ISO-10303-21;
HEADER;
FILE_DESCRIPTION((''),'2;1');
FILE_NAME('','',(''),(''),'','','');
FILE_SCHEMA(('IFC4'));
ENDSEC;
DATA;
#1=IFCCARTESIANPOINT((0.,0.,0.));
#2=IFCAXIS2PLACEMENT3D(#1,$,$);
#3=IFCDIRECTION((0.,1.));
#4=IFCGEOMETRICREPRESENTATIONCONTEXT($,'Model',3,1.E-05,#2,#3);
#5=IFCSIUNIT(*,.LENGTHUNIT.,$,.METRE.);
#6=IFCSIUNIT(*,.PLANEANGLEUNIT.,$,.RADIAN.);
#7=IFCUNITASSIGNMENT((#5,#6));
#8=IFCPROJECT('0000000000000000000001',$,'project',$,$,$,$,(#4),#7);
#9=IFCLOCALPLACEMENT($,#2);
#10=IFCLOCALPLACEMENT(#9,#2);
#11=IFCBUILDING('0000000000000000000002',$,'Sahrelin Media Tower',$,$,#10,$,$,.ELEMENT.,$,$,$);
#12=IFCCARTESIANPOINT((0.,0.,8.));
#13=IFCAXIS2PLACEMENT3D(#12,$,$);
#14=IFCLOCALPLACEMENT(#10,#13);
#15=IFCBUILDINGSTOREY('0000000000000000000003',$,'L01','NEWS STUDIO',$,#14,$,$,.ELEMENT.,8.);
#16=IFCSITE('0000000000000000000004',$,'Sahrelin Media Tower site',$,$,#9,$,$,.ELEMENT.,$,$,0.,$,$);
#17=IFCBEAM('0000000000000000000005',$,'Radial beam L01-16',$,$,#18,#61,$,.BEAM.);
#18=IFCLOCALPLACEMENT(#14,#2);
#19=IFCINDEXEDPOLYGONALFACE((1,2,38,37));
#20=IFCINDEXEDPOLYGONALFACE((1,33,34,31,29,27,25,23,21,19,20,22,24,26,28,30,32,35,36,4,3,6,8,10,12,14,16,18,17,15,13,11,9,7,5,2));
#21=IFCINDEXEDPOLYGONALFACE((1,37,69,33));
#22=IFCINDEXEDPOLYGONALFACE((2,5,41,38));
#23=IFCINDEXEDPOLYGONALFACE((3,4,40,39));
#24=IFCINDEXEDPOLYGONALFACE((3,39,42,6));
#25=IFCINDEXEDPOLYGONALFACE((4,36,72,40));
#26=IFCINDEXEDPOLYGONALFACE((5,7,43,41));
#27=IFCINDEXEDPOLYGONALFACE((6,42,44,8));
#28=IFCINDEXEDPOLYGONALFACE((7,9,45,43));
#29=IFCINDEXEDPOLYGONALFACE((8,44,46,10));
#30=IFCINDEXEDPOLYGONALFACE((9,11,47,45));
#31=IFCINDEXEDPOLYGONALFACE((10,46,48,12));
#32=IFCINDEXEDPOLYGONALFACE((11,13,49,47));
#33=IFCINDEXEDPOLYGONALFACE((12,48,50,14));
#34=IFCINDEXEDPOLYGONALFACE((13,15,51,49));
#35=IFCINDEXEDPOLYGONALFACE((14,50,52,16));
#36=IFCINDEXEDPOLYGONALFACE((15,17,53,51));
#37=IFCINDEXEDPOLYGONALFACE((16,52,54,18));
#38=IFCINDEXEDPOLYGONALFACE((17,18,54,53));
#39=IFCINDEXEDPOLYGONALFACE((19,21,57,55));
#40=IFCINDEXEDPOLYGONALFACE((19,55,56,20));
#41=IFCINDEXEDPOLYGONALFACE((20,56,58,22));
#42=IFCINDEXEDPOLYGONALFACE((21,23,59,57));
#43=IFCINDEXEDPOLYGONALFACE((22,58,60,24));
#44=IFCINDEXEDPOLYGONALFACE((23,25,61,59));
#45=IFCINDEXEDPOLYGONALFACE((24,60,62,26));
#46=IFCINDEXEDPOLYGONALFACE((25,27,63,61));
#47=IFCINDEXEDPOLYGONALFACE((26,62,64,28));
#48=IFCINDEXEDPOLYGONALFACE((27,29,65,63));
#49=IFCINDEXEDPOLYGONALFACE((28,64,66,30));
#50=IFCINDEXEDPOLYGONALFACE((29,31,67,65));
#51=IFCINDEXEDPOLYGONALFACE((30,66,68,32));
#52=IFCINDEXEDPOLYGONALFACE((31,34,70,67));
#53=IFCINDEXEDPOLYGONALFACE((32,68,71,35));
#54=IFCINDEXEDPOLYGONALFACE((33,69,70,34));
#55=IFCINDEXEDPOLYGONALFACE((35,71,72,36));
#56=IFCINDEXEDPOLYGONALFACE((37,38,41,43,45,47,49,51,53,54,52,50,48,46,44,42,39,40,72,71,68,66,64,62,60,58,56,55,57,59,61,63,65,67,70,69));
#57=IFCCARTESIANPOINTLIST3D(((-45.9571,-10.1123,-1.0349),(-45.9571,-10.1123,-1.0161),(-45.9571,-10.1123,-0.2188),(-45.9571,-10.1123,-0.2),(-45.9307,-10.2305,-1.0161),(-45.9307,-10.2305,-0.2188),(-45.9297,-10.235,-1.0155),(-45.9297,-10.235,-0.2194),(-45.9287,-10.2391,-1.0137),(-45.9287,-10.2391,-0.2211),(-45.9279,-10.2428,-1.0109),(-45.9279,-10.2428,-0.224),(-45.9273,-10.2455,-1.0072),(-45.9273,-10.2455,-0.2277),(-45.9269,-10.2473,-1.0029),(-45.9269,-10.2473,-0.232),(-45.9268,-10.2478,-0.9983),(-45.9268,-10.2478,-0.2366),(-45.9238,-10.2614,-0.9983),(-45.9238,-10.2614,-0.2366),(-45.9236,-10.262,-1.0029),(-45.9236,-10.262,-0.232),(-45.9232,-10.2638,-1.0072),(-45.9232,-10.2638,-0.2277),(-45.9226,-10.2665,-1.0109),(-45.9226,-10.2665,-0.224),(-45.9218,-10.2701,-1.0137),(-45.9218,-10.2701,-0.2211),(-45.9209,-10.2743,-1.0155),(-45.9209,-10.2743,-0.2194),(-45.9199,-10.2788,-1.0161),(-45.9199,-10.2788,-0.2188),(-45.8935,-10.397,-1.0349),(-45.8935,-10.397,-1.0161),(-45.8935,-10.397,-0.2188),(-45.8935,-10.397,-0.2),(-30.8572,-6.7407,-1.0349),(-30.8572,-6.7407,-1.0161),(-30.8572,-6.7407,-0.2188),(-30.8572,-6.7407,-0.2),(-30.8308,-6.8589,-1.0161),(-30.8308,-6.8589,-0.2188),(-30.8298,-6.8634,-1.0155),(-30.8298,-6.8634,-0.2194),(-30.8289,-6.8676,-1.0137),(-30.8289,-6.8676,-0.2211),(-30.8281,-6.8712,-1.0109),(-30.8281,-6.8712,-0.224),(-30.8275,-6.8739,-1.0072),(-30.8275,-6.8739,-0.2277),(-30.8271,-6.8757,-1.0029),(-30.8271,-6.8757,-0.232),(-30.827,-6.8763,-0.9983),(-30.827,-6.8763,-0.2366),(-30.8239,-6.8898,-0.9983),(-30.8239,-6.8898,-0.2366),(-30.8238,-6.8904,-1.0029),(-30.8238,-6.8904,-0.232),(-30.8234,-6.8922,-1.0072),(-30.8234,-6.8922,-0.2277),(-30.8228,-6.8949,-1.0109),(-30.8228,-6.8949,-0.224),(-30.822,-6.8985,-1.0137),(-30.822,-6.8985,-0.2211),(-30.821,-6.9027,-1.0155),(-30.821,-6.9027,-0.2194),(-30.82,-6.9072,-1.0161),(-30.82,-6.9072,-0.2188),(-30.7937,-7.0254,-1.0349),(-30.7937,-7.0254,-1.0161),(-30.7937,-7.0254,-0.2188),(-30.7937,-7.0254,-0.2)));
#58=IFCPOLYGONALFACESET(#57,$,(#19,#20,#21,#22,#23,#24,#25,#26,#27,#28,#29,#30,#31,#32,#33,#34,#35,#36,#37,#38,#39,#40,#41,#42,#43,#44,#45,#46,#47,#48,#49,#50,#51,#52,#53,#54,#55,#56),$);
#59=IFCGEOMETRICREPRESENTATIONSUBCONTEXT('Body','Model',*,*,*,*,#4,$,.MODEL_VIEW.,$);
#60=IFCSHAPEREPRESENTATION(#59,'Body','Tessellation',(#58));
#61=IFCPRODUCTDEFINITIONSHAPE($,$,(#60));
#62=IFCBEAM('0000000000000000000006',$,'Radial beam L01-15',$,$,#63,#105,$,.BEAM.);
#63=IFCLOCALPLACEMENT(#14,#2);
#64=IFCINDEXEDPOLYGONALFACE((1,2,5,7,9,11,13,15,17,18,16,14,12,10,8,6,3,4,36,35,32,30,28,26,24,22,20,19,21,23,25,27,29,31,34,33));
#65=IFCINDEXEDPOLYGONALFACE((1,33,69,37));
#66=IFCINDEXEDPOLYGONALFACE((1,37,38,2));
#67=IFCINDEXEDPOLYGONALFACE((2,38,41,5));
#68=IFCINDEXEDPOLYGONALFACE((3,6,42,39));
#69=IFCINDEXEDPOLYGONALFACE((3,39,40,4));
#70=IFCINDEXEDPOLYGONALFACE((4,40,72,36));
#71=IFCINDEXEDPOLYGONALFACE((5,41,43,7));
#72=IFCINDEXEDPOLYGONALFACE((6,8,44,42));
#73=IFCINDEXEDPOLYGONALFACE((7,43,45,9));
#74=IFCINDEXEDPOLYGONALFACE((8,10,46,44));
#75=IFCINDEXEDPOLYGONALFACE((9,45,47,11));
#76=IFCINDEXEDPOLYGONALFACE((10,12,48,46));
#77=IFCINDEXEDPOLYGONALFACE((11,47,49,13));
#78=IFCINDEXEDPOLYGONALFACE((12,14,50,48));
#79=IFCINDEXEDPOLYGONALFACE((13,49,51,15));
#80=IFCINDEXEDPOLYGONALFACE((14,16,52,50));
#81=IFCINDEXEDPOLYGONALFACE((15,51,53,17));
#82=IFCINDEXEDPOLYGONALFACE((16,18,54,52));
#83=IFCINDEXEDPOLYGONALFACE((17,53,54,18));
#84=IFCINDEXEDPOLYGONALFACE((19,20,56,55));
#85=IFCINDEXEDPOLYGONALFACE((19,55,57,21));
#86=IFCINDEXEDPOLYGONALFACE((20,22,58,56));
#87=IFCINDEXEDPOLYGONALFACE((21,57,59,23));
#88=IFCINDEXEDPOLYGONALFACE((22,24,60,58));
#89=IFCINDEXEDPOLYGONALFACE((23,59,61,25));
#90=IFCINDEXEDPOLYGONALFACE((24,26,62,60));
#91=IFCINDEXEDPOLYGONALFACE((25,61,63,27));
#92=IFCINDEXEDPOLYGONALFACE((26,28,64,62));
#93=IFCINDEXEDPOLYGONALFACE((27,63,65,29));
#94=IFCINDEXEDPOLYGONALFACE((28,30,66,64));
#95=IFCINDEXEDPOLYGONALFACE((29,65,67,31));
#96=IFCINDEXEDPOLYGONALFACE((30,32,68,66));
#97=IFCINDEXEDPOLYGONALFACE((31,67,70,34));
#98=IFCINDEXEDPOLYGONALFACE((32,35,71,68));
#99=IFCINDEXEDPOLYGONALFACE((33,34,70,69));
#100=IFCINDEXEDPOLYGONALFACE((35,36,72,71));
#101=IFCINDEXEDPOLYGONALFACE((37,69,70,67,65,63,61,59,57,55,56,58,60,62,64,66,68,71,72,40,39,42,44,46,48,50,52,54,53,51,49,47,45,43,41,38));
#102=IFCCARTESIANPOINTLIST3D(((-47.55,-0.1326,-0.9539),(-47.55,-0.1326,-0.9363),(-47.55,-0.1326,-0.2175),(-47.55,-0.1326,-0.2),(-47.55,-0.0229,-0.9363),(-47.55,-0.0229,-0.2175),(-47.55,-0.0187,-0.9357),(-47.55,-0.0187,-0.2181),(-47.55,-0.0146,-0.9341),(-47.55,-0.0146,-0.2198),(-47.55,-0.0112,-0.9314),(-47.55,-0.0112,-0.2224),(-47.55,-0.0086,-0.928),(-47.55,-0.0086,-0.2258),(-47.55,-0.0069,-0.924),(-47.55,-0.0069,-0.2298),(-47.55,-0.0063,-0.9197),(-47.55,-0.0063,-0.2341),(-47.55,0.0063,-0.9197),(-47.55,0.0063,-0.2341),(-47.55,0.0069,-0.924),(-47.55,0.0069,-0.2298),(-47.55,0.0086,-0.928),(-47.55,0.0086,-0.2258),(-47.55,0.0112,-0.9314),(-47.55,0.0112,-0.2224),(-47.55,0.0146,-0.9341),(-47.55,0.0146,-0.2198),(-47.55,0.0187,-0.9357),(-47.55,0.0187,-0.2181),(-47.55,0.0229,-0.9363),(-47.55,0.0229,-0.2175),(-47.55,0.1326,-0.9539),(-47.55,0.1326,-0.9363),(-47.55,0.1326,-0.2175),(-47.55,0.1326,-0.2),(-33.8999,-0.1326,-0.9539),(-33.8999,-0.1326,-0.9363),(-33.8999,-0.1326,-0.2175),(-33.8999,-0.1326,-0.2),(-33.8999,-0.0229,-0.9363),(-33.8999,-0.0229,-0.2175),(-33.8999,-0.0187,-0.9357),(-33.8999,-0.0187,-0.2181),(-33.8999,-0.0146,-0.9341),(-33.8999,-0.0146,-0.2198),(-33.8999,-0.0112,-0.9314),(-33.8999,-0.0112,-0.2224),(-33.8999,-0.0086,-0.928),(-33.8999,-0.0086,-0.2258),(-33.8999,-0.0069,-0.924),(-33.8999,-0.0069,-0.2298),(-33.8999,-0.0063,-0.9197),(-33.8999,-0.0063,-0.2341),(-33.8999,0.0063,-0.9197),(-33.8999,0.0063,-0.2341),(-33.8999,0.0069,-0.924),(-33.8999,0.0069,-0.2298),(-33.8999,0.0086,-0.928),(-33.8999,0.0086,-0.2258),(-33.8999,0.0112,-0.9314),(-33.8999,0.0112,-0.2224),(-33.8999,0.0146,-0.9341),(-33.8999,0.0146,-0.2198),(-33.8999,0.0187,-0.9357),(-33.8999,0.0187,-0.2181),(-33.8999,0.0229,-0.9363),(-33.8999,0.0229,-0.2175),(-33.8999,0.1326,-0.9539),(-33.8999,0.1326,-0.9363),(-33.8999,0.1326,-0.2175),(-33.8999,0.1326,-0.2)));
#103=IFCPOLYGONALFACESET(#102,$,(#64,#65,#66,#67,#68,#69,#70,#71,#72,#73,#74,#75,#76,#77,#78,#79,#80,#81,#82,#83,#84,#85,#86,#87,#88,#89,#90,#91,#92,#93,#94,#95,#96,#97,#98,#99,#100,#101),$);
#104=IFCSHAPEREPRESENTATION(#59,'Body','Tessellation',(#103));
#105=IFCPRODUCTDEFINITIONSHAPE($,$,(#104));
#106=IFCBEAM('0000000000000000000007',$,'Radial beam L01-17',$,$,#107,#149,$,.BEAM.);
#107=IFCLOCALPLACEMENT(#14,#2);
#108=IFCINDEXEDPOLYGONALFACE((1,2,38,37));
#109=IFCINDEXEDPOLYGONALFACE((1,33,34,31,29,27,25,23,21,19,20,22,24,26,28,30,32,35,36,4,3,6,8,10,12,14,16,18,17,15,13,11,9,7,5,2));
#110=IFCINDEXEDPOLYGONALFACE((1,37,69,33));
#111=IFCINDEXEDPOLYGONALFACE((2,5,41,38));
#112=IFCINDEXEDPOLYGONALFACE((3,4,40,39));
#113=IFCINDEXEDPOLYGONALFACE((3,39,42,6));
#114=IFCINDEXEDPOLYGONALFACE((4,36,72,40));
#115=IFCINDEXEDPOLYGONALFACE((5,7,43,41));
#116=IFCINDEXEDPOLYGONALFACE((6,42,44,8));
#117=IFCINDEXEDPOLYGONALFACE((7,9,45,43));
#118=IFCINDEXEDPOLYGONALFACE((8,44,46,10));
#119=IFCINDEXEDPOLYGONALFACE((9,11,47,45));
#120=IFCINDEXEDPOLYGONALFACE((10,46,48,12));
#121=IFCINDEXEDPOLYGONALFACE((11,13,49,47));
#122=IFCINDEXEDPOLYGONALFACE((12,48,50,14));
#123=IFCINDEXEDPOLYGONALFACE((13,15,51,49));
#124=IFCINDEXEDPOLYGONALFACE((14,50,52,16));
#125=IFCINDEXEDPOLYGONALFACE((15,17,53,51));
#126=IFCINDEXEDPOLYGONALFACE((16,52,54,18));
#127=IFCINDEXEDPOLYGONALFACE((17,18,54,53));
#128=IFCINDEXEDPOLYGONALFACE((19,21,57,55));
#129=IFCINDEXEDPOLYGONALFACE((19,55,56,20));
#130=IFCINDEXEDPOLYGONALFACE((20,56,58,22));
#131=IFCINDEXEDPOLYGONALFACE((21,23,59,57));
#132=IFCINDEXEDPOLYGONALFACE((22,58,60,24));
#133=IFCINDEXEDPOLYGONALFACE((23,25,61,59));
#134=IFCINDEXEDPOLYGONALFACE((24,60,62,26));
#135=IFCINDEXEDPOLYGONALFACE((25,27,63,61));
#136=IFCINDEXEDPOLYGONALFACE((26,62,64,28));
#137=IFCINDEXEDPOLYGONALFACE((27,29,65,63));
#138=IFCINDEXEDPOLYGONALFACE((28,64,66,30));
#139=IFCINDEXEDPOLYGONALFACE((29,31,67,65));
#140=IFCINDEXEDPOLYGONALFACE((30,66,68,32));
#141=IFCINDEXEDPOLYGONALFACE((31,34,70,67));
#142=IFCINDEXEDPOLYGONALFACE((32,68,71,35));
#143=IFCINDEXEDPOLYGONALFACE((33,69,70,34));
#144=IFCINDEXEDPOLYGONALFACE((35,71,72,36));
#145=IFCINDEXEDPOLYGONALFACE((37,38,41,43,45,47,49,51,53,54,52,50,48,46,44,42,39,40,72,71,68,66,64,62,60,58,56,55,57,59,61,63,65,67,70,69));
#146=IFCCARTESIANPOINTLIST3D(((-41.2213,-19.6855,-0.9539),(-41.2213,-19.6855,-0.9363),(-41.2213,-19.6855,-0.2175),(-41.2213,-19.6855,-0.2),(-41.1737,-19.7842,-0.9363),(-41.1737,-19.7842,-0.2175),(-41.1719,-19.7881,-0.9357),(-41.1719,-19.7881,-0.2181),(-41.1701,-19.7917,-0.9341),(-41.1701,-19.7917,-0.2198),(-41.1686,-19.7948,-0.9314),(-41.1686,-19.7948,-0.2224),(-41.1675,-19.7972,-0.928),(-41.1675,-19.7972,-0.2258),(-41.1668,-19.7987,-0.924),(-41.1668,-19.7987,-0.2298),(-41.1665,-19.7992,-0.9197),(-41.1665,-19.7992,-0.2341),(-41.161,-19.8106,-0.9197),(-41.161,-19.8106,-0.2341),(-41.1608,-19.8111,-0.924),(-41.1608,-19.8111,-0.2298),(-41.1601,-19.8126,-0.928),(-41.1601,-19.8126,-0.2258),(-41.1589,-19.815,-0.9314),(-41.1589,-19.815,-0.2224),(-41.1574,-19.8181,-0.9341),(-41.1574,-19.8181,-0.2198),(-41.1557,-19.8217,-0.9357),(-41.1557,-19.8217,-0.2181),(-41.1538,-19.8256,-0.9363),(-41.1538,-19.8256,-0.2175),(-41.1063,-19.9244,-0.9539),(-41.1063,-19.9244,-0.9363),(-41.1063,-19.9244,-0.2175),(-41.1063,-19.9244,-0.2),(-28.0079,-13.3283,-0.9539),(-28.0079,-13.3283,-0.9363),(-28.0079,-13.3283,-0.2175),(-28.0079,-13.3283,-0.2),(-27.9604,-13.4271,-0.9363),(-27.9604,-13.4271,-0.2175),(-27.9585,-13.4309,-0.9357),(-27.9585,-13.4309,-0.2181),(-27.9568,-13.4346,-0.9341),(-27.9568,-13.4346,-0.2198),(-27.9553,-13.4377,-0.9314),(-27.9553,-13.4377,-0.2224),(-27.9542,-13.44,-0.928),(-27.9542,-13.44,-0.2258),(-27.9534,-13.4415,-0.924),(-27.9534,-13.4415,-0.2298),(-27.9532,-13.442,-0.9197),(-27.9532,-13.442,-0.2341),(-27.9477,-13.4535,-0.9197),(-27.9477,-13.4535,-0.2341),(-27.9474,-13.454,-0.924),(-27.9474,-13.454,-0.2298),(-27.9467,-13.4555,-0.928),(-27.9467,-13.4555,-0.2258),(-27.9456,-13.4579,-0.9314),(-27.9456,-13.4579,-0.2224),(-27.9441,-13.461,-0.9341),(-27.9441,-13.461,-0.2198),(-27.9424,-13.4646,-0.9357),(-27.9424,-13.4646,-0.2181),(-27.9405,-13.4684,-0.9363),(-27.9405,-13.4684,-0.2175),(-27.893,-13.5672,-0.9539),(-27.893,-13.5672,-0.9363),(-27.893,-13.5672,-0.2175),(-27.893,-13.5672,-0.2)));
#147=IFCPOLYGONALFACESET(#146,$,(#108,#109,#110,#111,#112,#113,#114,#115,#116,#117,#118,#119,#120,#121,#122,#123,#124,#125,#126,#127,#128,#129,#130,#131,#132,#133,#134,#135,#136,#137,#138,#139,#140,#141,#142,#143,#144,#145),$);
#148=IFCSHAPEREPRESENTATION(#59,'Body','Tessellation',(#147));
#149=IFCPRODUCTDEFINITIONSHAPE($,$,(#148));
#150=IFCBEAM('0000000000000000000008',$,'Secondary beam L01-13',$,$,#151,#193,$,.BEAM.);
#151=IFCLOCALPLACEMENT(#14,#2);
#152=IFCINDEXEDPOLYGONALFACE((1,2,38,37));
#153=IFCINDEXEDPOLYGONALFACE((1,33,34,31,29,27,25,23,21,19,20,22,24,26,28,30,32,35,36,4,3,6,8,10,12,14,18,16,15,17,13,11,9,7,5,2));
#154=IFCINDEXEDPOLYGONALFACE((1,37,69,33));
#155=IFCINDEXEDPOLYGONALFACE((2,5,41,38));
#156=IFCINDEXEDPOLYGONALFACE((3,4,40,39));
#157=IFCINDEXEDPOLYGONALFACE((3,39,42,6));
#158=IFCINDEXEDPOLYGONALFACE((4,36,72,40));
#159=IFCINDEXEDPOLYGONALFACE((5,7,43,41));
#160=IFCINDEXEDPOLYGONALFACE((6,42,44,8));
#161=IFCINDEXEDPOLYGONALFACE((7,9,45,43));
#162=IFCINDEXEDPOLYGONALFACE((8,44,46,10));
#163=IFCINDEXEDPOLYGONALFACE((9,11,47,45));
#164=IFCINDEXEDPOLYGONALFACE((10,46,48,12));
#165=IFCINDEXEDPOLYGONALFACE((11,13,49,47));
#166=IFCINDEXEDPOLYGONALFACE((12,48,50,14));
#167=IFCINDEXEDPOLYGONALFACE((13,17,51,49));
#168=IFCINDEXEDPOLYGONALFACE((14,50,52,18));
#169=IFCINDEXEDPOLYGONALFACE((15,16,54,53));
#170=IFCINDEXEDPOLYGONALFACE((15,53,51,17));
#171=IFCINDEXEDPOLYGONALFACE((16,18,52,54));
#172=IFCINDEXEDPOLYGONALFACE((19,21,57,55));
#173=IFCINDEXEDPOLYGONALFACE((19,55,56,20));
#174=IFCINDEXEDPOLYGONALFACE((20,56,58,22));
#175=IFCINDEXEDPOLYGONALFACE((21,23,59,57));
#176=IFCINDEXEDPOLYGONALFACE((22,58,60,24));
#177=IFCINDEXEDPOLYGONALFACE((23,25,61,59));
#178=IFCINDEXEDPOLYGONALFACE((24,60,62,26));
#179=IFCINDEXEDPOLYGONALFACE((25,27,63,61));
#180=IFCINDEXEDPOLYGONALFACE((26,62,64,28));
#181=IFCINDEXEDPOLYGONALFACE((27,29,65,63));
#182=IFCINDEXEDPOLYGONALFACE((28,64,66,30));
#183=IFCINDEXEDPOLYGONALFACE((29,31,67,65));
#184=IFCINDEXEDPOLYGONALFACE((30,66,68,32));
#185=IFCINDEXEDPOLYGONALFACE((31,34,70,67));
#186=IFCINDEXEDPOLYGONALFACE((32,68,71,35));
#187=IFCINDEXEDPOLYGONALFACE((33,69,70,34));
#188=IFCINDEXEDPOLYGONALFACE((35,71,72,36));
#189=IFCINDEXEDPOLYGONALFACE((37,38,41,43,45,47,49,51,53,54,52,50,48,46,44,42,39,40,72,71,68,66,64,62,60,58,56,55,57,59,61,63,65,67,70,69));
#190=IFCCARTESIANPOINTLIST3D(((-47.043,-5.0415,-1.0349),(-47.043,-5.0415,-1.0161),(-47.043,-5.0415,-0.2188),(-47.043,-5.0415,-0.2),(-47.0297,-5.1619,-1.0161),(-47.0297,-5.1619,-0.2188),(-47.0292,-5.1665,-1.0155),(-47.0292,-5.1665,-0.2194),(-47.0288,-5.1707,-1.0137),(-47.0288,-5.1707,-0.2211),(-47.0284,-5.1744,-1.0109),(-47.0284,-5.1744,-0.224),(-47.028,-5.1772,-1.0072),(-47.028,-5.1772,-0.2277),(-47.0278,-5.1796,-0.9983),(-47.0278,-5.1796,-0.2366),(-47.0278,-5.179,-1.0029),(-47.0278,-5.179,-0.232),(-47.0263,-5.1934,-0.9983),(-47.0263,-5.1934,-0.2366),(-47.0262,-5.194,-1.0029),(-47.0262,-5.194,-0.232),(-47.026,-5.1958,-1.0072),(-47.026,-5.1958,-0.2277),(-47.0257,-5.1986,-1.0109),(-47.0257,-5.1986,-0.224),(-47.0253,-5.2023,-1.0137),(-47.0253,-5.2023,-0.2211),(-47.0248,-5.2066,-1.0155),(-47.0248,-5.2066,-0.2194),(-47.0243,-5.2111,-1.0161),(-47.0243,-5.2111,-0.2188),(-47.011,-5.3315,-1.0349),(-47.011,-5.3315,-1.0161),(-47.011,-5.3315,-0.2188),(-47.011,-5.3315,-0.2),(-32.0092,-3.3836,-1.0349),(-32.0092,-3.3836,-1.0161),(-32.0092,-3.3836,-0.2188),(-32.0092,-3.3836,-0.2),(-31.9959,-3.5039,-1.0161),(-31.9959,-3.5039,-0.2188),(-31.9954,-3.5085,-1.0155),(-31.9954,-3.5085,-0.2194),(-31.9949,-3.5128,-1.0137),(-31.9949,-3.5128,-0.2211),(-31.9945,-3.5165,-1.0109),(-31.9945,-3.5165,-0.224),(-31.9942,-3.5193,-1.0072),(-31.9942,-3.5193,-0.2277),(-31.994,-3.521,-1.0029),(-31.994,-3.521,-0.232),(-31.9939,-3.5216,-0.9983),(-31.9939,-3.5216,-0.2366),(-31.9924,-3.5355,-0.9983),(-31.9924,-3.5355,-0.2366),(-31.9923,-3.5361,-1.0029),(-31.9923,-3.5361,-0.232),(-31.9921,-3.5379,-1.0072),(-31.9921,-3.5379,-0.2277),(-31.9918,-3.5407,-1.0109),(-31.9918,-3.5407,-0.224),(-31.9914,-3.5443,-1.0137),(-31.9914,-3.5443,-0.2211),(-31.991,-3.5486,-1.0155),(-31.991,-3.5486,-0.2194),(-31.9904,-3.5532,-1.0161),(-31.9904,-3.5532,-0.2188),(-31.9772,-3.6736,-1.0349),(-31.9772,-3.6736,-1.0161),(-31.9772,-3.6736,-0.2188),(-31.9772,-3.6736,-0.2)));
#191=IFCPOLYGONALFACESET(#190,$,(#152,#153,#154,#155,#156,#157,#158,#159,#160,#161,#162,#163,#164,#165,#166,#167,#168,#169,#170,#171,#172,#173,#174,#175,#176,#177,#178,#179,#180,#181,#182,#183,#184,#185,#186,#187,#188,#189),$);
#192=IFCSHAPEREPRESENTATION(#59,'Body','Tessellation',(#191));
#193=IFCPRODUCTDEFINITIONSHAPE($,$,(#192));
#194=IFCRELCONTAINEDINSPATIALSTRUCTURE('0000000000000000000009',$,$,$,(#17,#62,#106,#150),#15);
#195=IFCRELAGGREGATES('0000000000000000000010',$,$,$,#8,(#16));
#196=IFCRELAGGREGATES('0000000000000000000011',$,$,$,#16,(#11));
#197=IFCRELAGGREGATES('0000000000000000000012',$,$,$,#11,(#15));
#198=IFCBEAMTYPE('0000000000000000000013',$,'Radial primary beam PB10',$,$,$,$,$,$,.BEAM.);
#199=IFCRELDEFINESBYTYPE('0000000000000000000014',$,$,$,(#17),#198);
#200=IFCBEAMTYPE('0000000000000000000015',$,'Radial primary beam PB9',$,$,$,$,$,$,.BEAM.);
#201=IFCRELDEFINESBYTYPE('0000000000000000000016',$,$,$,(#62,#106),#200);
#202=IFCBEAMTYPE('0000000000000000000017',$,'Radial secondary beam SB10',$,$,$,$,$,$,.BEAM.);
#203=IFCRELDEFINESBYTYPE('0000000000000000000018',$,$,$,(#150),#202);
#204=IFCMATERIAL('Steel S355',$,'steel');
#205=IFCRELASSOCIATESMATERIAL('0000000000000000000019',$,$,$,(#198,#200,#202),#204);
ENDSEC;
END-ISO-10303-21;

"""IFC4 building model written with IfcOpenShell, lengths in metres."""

from ifc_helpers import new_model, si_unit, direction, frame, origin, origin_2d, place, context, subcontext, project, spatial, i_section, extrude, material, material_profile, profile_set, type_object, element, save


model = new_model("IFC4")

# Units and contexts
model_context = context("Model", 3, precision=1e-05, world=origin(), true_north=direction((0.0, 1.0)))
body_context = subcontext(model_context, "Body", "Model", "MODEL_VIEW")
ifc_project = project(units=[si_unit("LENGTHUNIT", "METRE"), si_unit("PLANEANGLEUNIT", "RADIAN")], contexts=[model_context])

# Site, building, storey
site_placement = place(None, origin())
site = spatial("IfcSite", under=ifc_project, at=site_placement, Name="Sahrelin Media Tower site", CompositionType="ELEMENT", RefElevation=0.0)
building_placement = place(site_placement, origin())
building = spatial("IfcBuilding", under=site, at=building_placement, Name="Sahrelin Media Tower", CompositionType="ELEMENT")
storey_placement = place(building_placement, frame((0.0, 0.0, 8.0)))
storey = spatial("IfcBuildingStorey", under=building, at=storey_placement, Name="L01", Description="NEWS STUDIO", CompositionType="ELEMENT", Elevation=8.0)

# Beams
ifc_material_1 = material(Name="Steel S355", Category="steel")
ifc_material_profile_1 = material_profile(ifc_material_1, i_section(OverallWidth=0.2917, OverallDepth=0.835, WebThickness=0.0139, FlangeThickness=0.0188, FilletRadius=0.0178, at=origin_2d()), Name="UB 838x292x176")
ifc_profile_set_1 = profile_set([ifc_material_profile_1], Name="Steel S355")
beam_type_1 = type_object("IfcBeamType", Name="Radial primary beam PB10", PredefinedType="BEAM", material=ifc_profile_set_1)
beam_1_placement = place(storey_placement, frame((-30.8254, -6.8831, -0.6174), z_axis=(-0.975967, -0.217919, 0.0), x_axis=(0.217919, -0.975967, 0.0)))
element("IfcBeam", 1, at=beam_1_placement, inside=storey, type_object=beam_type_1, Name="Radial beam L01-16", PredefinedType="BEAM", context=body_context, shape_type="SweptSolid", body=[
    extrude(i_section(OverallWidth=0.2917, OverallDepth=0.835, WebThickness=0.0139, FlangeThickness=0.0188, FilletRadius=0.0178, at=origin_2d()), origin(), (0.0, 0.0, 1.0), 15.4717),
])
ifc_material_profile_2 = material_profile(ifc_material_1, i_section(OverallWidth=0.2651, OverallDepth=0.7539, WebThickness=0.0127, FlangeThickness=0.0176, FilletRadius=0.0166, at=origin_2d()), Name="UB 762x267x147")
ifc_profile_set_2 = profile_set([ifc_material_profile_2], Name="Steel S355")
beam_type_2 = type_object("IfcBeamType", Name="Radial primary beam PB9", PredefinedType="BEAM", material=ifc_profile_set_2)
beam_2_placement = place(storey_placement, frame((-33.8999, 0.0, -0.5769), z_axis=(-1.0, 0.0, 0.0), x_axis=(0.0, -1.0, 0.0)))
element("IfcBeam", 2, at=beam_2_placement, inside=storey, type_object=beam_type_2, Name="Radial beam L01-15", PredefinedType="BEAM", context=body_context, shape_type="SweptSolid", body=[
    extrude(i_section(OverallWidth=0.2651, OverallDepth=0.7539, WebThickness=0.0127, FlangeThickness=0.0176, FilletRadius=0.0166, at=origin_2d()), origin(), (0.0, 0.0, 1.0), 13.6501),
])
beam_3_placement = place(storey_placement, frame((-27.9504, -13.4478, -0.5769), z_axis=(-0.90113, -0.433549, 0.0), x_axis=(0.433549, -0.90113, 0.0)))
element("IfcBeam", 3, at=beam_3_placement, inside=storey, type_object=beam_type_2, Name="Radial beam L01-17", PredefinedType="BEAM", context=body_context, shape_type="SweptSolid", body=[
    extrude(i_section(OverallWidth=0.2651, OverallDepth=0.7539, WebThickness=0.0127, FlangeThickness=0.0176, FilletRadius=0.0166, at=origin_2d()), origin(), (0.0, 0.0, 1.0), 14.6631),
])
ifc_material_profile_3 = material_profile(ifc_material_1, i_section(OverallWidth=0.2917, OverallDepth=0.835, WebThickness=0.0139, FlangeThickness=0.0188, FilletRadius=0.0178, at=origin_2d()), Name="UB 838x292x176")
ifc_profile_set_3 = profile_set([ifc_material_profile_3], Name="Steel S355")
beam_type_3 = type_object("IfcBeamType", Name="Radial secondary beam SB10", PredefinedType="BEAM", material=ifc_profile_set_3)
beam_4_placement = place(storey_placement, frame((-31.9932, -3.5286, -0.6174), z_axis=(-0.993974, -0.109617, 0.0), x_axis=(0.109617, -0.993974, 0.0)))
element("IfcBeam", 4, at=beam_4_placement, inside=storey, type_object=beam_type_3, Name="Secondary beam L01-13", PredefinedType="BEAM", context=body_context, shape_type="SweptSolid", body=[
    extrude(i_section(OverallWidth=0.2917, OverallDepth=0.835, WebThickness=0.0139, FlangeThickness=0.0188, FilletRadius=0.0178, at=origin_2d()), origin(), (0.0, 0.0, 1.0), 15.125),
])

save(model, "model.ifc")
